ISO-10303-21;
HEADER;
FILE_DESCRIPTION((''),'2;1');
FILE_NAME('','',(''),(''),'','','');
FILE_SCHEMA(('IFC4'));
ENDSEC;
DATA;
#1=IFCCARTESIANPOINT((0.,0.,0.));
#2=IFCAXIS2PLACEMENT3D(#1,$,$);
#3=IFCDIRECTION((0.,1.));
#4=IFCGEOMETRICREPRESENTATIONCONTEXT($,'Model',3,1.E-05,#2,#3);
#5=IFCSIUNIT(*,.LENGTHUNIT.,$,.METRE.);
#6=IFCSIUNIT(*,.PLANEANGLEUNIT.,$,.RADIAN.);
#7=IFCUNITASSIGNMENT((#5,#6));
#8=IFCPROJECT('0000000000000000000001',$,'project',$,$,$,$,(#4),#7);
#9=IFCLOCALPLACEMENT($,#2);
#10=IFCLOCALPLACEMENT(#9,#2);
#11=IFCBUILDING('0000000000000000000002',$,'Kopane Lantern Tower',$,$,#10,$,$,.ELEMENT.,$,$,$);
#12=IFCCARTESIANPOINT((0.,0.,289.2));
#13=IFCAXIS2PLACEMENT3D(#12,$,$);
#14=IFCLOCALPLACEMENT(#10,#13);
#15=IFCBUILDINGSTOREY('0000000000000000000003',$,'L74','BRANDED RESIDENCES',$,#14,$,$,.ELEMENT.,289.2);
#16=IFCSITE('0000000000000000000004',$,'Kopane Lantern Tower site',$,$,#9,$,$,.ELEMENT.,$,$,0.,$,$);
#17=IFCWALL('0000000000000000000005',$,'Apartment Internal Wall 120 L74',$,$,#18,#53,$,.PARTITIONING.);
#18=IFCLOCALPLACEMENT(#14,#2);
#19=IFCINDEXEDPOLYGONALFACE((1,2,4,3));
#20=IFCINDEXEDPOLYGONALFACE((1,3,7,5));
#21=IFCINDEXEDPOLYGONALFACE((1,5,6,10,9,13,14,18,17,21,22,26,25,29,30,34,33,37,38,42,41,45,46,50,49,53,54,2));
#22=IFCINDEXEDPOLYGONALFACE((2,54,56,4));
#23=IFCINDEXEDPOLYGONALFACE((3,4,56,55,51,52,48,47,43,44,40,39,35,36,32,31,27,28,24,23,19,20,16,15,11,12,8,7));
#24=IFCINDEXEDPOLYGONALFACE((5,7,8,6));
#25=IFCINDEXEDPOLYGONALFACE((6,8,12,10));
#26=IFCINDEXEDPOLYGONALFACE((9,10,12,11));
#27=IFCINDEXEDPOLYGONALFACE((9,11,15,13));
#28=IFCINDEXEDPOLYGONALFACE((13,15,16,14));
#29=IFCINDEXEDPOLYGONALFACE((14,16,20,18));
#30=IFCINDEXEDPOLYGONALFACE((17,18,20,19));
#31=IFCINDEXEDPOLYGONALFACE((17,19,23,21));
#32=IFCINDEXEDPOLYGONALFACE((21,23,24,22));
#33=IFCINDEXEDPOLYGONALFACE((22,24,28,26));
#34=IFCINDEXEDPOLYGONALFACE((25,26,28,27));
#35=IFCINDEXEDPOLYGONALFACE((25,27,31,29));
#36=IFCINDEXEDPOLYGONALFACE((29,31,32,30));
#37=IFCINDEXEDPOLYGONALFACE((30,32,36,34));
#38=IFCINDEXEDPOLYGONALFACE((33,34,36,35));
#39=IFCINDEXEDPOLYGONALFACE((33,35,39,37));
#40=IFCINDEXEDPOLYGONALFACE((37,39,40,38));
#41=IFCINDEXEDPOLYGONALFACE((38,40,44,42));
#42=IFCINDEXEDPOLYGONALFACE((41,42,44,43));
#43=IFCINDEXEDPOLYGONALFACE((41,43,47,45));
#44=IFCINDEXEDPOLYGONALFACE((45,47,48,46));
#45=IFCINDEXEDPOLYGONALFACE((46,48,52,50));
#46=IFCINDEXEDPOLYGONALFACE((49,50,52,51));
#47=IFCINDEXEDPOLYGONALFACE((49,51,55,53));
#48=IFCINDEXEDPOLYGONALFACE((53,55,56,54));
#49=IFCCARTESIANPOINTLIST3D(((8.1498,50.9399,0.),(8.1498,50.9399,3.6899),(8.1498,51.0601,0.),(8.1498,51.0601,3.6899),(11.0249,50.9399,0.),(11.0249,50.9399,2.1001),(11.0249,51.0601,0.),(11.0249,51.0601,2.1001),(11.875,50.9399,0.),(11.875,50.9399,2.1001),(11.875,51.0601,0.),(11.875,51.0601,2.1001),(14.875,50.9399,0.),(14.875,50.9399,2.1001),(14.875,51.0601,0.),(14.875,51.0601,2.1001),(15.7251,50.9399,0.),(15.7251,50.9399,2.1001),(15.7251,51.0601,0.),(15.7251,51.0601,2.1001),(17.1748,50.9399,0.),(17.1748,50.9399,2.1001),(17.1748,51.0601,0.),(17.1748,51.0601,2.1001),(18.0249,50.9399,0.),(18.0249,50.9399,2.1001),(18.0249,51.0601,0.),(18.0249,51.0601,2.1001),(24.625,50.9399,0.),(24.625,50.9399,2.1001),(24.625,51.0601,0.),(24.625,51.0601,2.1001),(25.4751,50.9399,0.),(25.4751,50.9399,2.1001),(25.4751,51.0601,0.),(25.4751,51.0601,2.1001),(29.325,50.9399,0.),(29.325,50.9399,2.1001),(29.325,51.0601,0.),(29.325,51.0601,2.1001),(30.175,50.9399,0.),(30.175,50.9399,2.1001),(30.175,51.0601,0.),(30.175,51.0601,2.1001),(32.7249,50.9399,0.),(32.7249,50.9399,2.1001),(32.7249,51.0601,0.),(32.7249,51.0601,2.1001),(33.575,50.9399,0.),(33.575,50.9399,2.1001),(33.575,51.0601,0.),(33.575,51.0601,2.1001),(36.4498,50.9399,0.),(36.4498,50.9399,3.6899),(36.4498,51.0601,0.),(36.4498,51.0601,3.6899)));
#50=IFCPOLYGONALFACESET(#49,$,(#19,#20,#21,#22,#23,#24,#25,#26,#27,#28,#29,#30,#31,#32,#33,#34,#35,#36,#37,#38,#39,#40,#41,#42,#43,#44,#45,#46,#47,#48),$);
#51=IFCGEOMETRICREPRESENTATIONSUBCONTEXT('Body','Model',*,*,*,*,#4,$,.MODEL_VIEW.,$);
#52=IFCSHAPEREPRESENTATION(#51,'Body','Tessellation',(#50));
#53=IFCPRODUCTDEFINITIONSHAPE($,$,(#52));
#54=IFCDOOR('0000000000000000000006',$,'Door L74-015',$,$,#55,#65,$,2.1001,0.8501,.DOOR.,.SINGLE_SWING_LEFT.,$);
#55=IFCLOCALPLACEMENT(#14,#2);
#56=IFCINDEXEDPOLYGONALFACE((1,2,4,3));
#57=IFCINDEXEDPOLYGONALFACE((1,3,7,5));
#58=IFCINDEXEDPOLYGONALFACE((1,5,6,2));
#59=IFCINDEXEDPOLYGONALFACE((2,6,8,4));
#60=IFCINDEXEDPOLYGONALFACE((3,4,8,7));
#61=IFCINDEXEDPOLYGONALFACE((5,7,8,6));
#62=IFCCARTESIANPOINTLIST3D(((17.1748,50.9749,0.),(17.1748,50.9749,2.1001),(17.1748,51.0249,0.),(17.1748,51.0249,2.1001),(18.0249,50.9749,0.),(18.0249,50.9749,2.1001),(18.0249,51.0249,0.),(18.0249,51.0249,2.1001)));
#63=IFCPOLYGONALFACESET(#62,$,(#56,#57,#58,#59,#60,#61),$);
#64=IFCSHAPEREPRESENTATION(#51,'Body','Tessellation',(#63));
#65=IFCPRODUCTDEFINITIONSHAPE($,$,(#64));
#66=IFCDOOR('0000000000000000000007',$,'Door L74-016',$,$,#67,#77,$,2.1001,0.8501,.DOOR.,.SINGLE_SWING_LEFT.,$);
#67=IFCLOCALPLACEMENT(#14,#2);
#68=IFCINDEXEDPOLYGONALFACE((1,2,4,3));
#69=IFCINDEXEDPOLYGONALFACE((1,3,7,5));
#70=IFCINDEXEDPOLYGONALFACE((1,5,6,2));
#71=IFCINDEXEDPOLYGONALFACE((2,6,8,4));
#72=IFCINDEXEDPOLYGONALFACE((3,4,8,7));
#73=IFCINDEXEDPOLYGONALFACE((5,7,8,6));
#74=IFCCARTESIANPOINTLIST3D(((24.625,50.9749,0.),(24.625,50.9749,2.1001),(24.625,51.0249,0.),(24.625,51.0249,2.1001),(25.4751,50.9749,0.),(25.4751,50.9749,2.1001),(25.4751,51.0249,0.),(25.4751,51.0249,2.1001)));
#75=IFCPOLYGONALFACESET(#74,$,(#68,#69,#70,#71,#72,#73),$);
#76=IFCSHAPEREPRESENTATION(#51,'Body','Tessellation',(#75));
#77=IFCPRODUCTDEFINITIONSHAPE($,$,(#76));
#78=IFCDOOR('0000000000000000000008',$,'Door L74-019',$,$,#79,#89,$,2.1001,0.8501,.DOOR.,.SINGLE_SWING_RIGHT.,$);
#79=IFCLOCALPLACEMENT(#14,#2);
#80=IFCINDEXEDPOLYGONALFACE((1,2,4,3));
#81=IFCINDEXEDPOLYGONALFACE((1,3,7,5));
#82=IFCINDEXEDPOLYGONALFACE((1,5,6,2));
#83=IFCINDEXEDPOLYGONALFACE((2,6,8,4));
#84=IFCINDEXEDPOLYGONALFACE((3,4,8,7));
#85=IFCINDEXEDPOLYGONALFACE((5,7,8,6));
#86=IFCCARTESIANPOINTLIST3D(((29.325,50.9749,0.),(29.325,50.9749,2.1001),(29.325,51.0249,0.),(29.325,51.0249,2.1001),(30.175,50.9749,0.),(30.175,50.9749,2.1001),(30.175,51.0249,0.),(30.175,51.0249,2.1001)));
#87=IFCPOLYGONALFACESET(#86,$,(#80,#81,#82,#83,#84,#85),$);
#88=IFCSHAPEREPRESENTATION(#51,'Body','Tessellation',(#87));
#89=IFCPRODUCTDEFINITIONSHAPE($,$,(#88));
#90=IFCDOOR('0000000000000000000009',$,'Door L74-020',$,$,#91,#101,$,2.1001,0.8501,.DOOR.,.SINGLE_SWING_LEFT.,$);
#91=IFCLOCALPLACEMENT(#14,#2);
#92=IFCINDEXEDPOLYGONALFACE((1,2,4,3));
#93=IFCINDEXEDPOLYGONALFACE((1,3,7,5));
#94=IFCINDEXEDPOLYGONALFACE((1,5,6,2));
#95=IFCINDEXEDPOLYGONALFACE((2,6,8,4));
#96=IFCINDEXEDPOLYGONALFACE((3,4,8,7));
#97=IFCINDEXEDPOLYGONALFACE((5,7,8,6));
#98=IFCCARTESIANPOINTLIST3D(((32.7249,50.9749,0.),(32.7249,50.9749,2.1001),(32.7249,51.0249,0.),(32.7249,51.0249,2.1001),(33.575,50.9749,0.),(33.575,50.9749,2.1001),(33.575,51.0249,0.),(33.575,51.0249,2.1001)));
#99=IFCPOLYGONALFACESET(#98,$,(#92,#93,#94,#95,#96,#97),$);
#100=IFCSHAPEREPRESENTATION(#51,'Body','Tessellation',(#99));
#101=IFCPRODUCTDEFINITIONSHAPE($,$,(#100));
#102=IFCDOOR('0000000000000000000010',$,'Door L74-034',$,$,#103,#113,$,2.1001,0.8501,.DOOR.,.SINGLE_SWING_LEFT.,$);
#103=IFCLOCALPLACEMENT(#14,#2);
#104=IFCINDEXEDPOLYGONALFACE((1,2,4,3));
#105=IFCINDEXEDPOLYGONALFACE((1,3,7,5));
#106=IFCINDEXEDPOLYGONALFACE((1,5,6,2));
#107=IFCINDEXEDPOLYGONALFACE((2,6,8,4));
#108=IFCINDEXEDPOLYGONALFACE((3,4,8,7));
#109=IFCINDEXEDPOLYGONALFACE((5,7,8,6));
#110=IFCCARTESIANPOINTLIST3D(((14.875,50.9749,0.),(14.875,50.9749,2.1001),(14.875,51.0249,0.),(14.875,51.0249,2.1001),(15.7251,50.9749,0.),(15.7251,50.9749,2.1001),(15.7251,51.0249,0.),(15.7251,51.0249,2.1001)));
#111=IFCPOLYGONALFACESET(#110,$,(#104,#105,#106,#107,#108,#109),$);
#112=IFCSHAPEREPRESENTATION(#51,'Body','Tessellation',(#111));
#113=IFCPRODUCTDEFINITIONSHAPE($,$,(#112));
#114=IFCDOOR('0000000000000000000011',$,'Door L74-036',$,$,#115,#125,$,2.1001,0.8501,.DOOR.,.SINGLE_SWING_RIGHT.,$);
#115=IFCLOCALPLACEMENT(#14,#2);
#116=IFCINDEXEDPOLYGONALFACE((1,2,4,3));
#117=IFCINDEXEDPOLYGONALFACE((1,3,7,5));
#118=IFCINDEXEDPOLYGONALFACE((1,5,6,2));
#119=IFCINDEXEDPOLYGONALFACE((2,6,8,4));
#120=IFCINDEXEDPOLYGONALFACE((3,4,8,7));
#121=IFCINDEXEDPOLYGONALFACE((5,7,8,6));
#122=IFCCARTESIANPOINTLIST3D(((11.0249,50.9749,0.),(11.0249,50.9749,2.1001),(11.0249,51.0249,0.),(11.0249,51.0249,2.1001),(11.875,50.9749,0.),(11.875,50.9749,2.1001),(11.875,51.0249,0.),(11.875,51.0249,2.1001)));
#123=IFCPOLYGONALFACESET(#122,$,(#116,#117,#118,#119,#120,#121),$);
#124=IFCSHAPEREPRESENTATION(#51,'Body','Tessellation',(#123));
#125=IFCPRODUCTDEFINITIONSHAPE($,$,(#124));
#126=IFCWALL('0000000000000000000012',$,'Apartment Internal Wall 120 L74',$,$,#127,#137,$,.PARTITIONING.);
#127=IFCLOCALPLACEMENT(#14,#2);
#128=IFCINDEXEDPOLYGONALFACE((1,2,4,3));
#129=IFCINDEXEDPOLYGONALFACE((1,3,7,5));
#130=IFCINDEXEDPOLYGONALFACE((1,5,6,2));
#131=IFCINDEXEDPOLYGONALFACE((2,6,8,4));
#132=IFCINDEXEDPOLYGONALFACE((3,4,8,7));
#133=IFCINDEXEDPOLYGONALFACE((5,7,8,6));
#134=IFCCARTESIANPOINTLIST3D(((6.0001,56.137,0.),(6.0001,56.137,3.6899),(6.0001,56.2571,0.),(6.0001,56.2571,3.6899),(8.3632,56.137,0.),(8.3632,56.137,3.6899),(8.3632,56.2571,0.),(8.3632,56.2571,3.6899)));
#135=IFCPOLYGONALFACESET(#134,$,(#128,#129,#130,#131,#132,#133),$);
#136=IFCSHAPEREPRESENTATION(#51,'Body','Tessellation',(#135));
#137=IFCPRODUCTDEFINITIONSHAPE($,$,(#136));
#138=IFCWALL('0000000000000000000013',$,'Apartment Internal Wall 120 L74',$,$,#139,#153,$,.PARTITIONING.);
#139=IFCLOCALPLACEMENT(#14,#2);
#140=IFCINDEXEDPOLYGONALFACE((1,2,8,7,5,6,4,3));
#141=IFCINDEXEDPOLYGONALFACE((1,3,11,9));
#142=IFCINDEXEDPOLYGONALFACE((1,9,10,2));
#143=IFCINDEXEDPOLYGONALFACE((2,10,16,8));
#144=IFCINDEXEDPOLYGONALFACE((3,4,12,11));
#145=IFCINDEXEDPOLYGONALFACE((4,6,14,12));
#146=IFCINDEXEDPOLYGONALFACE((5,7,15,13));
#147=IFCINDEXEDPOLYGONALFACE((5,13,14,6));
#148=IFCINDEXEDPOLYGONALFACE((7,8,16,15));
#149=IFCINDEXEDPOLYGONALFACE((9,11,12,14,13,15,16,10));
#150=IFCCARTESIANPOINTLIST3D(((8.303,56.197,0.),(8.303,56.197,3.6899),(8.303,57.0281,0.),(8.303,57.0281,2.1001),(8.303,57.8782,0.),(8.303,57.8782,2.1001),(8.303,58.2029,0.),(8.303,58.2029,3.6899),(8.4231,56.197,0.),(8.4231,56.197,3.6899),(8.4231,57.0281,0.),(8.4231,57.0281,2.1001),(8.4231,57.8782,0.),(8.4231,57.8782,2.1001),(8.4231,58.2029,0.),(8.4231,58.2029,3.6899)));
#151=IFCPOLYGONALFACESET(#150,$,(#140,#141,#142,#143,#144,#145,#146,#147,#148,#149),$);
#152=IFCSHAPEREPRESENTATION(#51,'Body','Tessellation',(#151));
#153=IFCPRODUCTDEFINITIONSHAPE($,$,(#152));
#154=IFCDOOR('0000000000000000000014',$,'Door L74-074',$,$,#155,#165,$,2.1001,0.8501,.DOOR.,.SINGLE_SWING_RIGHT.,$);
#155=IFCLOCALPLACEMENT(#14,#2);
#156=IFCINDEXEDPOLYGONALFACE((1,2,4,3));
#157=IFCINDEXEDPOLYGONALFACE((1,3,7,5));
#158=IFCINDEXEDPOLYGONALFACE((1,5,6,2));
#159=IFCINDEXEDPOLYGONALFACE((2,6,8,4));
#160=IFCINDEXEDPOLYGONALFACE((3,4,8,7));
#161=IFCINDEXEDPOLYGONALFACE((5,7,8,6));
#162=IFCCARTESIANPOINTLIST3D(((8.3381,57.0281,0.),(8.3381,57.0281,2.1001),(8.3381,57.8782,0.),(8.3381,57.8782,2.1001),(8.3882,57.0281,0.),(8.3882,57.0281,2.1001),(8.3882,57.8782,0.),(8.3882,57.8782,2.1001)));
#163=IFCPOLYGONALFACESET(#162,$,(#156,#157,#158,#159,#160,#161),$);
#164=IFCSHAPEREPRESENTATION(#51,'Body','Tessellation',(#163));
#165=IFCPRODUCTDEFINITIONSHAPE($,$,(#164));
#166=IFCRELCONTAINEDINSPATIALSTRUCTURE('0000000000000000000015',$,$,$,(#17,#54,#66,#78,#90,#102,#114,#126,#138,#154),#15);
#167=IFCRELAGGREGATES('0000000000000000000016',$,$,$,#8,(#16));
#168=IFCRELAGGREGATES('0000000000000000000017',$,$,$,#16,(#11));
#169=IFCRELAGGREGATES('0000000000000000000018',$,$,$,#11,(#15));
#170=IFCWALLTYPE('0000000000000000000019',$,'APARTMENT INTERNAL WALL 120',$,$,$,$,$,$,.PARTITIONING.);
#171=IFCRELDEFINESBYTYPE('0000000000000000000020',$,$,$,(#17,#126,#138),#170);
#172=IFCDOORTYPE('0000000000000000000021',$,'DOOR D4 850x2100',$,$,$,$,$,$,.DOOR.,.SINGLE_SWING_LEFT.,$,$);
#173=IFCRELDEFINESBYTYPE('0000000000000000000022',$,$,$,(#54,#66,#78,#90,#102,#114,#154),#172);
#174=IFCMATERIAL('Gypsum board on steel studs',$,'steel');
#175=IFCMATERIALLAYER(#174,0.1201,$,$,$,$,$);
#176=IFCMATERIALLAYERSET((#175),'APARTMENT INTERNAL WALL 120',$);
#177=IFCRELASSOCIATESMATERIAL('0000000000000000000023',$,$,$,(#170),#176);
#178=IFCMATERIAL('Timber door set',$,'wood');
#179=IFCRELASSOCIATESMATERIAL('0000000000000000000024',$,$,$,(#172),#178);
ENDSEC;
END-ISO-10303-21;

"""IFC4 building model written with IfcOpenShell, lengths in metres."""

from ifc_helpers import new_model, si_unit, direction, frame, frame_2d, origin, place, context, subcontext, project, spatial, rectangle, extrude, material, layer, layer_set, type_object, element, fill, save


model = new_model("IFC4")

# Units and contexts
model_context = context("Model", 3, precision=1e-05, world=origin(), true_north=direction((0.0, 1.0)))
body_context = subcontext(model_context, "Body", "Model", "MODEL_VIEW")
ifc_project = project(units=[si_unit("LENGTHUNIT", "METRE"), si_unit("PLANEANGLEUNIT", "RADIAN")], contexts=[model_context])

# Site, building, storey
site_placement = place(None, origin())
site = spatial("IfcSite", under=ifc_project, at=site_placement, Name="Kopane Lantern Tower site", CompositionType="ELEMENT", RefElevation=0.0)
building_placement = place(site_placement, origin())
building = spatial("IfcBuilding", under=site, at=building_placement, Name="Kopane Lantern Tower", CompositionType="ELEMENT")
storey_placement = place(building_placement, frame((0.0, 0.0, 289.2)))
storey = spatial("IfcBuildingStorey", under=building, at=storey_placement, Name="L74", Description="BRANDED RESIDENCES", CompositionType="ELEMENT", Elevation=289.2)

# Wall, openings, doors
ifc_material_1 = material(Name="Gypsum board on steel studs", Category="steel")
ifc_layer_1 = layer(ifc_material_1, 0.1201)
ifc_layer_set_1 = layer_set([ifc_layer_1], Name="APARTMENT INTERNAL WALL 120")
wall_type_1 = type_object("IfcWallType", Name="APARTMENT INTERNAL WALL 120", PredefinedType="PARTITIONING", material=ifc_layer_set_1)
wall_1_placement = place(storey_placement, frame((8.1499, 51.0, 0.0), z_axis=(0.0, 0.0, 1.0), x_axis=(1.0, 0.0, 0.0)))
wall_1 = element("IfcWall", 1, at=wall_1_placement, inside=storey, type_object=wall_type_1, Name="Apartment Internal Wall 120 L74", PredefinedType="PARTITIONING", context=body_context, shape_type="SweptSolid", body=[
    extrude(rectangle(XDim=28.3, YDim=0.1201, at=frame_2d((14.1499, 0.0))), origin(), (0.0, 0.0, 1.0), 3.6899),
])
opening_1_placement = place(wall_1_placement, frame((9.0249, 0.0, 0.0)))
opening_1 = element("IfcOpeningElement", 2, at=opening_1_placement, cuts=wall_1, PredefinedType="OPENING", context=body_context, shape_type="SweptSolid", body=[
    extrude(rectangle(XDim=0.8501, YDim=2.1001, at=frame_2d((0.425, 1.05))), frame((0.0, 0.0701, 0.0), z_axis=(0.0, -1.0, 0.0), x_axis=(1.0, 0.0, 0.0)), (0.0, 0.0, 1.0), 0.1401),
])
opening_2_placement = place(wall_1_placement, frame((16.4751, 0.0, 0.0)))
opening_2 = element("IfcOpeningElement", 3, at=opening_2_placement, cuts=wall_1, PredefinedType="OPENING", context=body_context, shape_type="SweptSolid", body=[
    extrude(rectangle(XDim=0.8501, YDim=2.1001, at=frame_2d((0.425, 1.05))), frame((0.0, 0.0701, 0.0), z_axis=(0.0, -1.0, 0.0), x_axis=(1.0, 0.0, 0.0)), (0.0, 0.0, 1.0), 0.1401),
])
opening_3_placement = place(wall_1_placement, frame((21.175, 0.0, 0.0)))
opening_3 = element("IfcOpeningElement", 4, at=opening_3_placement, cuts=wall_1, PredefinedType="OPENING", context=body_context, shape_type="SweptSolid", body=[
    extrude(rectangle(XDim=0.8501, YDim=2.1001, at=frame_2d((0.425, 1.05))), frame((0.0, 0.0701, 0.0), z_axis=(0.0, -1.0, 0.0), x_axis=(1.0, 0.0, 0.0)), (0.0, 0.0, 1.0), 0.1401),
])
opening_4_placement = place(wall_1_placement, frame((24.575, 0.0, 0.0)))
opening_4 = element("IfcOpeningElement", 5, at=opening_4_placement, cuts=wall_1, PredefinedType="OPENING", context=body_context, shape_type="SweptSolid", body=[
    extrude(rectangle(XDim=0.8501, YDim=2.1001, at=frame_2d((0.425, 1.05))), frame((0.0, 0.0701, 0.0), z_axis=(0.0, -1.0, 0.0), x_axis=(1.0, 0.0, 0.0)), (0.0, 0.0, 1.0), 0.1401),
])
opening_5_placement = place(wall_1_placement, frame((6.7251, 0.0, 0.0)))
opening_5 = element("IfcOpeningElement", 6, at=opening_5_placement, cuts=wall_1, PredefinedType="OPENING", context=body_context, shape_type="SweptSolid", body=[
    extrude(rectangle(XDim=0.8501, YDim=2.1001, at=frame_2d((0.425, 1.05))), frame((0.0, 0.0701, 0.0), z_axis=(0.0, -1.0, 0.0), x_axis=(1.0, 0.0, 0.0)), (0.0, 0.0, 1.0), 0.1401),
])
opening_6_placement = place(wall_1_placement, frame((2.875, 0.0, 0.0)))
opening_6 = element("IfcOpeningElement", 7, at=opening_6_placement, cuts=wall_1, PredefinedType="OPENING", context=body_context, shape_type="SweptSolid", body=[
    extrude(rectangle(XDim=0.8501, YDim=2.1001, at=frame_2d((0.425, 1.05))), frame((0.0, 0.0701, 0.0), z_axis=(0.0, -1.0, 0.0), x_axis=(1.0, 0.0, 0.0)), (0.0, 0.0, 1.0), 0.1401),
])
ifc_material_2 = material(Name="Timber door set", Category="wood")
door_type = type_object("IfcDoorType", Name="DOOR D4 850x2100", OperationType="SINGLE_SWING_LEFT", PredefinedType="DOOR", material=ifc_material_2)
door_1_placement = place(opening_1_placement, origin())
door_1 = element("IfcDoor", 8, at=door_1_placement, inside=storey, type_object=door_type, Name="Door L74-015", OperationType="SINGLE_SWING_LEFT", OverallHeight=2.1001, OverallWidth=0.8501, PredefinedType="DOOR", context=body_context, shape_type="SweptSolid", body=[
    extrude(rectangle(XDim=0.8501, YDim=2.1001, at=frame_2d((0.425, 1.05))), frame((0.0, 0.0249, 0.0), z_axis=(0.0, -1.0, 0.0), x_axis=(1.0, 0.0, 0.0)), (0.0, 0.0, 1.0), 0.05),
])
fill(opening_1, door_1)
door_2_placement = place(opening_2_placement, origin())
door_2 = element("IfcDoor", 9, at=door_2_placement, inside=storey, type_object=door_type, Name="Door L74-016", OperationType="SINGLE_SWING_LEFT", OverallHeight=2.1001, OverallWidth=0.8501, PredefinedType="DOOR", context=body_context, shape_type="SweptSolid", body=[
    extrude(rectangle(XDim=0.8501, YDim=2.1001, at=frame_2d((0.425, 1.05))), frame((0.0, 0.0249, 0.0), z_axis=(0.0, -1.0, 0.0), x_axis=(1.0, 0.0, 0.0)), (0.0, 0.0, 1.0), 0.05),
])
fill(opening_2, door_2)
door_3_placement = place(opening_3_placement, origin())
door_3 = element("IfcDoor", 10, at=door_3_placement, inside=storey, type_object=door_type, Name="Door L74-019", OperationType="SINGLE_SWING_RIGHT", OverallHeight=2.1001, OverallWidth=0.8501, PredefinedType="DOOR", context=body_context, shape_type="SweptSolid", body=[
    extrude(rectangle(XDim=0.8501, YDim=2.1001, at=frame_2d((0.425, 1.05))), frame((0.0, 0.0249, 0.0), z_axis=(0.0, -1.0, 0.0), x_axis=(1.0, 0.0, 0.0)), (0.0, 0.0, 1.0), 0.05),
])
fill(opening_3, door_3)
door_4_placement = place(opening_4_placement, origin())
door_4 = element("IfcDoor", 11, at=door_4_placement, inside=storey, type_object=door_type, Name="Door L74-020", OperationType="SINGLE_SWING_LEFT", OverallHeight=2.1001, OverallWidth=0.8501, PredefinedType="DOOR", context=body_context, shape_type="SweptSolid", body=[
    extrude(rectangle(XDim=0.8501, YDim=2.1001, at=frame_2d((0.425, 1.05))), frame((0.0, 0.0249, 0.0), z_axis=(0.0, -1.0, 0.0), x_axis=(1.0, 0.0, 0.0)), (0.0, 0.0, 1.0), 0.05),
])
fill(opening_4, door_4)
door_5_placement = place(opening_5_placement, origin())
door_5 = element("IfcDoor", 12, at=door_5_placement, inside=storey, type_object=door_type, Name="Door L74-034", OperationType="SINGLE_SWING_LEFT", OverallHeight=2.1001, OverallWidth=0.8501, PredefinedType="DOOR", context=body_context, shape_type="SweptSolid", body=[
    extrude(rectangle(XDim=0.8501, YDim=2.1001, at=frame_2d((0.425, 1.05))), frame((0.0, 0.0249, 0.0), z_axis=(0.0, -1.0, 0.0), x_axis=(1.0, 0.0, 0.0)), (0.0, 0.0, 1.0), 0.05),
])
fill(opening_5, door_5)
door_6_placement = place(opening_6_placement, origin())
door_6 = element("IfcDoor", 13, at=door_6_placement, inside=storey, type_object=door_type, Name="Door L74-036", OperationType="SINGLE_SWING_RIGHT", OverallHeight=2.1001, OverallWidth=0.8501, PredefinedType="DOOR", context=body_context, shape_type="SweptSolid", body=[
    extrude(rectangle(XDim=0.8501, YDim=2.1001, at=frame_2d((0.425, 1.05))), frame((0.0, 0.0249, 0.0), z_axis=(0.0, -1.0, 0.0), x_axis=(1.0, 0.0, 0.0)), (0.0, 0.0, 1.0), 0.05),
])
fill(opening_6, door_6)

# Wall
wall_2_placement = place(storey_placement, frame((6.0, 56.197, 0.0), z_axis=(0.0, 0.0, 1.0), x_axis=(1.0, 0.0, 0.0)))
element("IfcWall", 14, at=wall_2_placement, inside=storey, type_object=wall_type_1, Name="Apartment Internal Wall 120 L74", PredefinedType="PARTITIONING", context=body_context, shape_type="SweptSolid", body=[
    extrude(rectangle(XDim=2.363, YDim=0.1201, at=frame_2d((1.1816, 0.0))), origin(), (0.0, 0.0, 1.0), 3.6899),
])

# Wall, opening, door
wall_3_placement = place(storey_placement, frame((8.363, 56.197, 0.0), z_axis=(0.0, 0.0, 1.0), x_axis=(0.0, 1.0, 0.0)))
wall_3 = element("IfcWall", 15, at=wall_3_placement, inside=storey, type_object=wall_type_1, Name="Apartment Internal Wall 120 L74", PredefinedType="PARTITIONING", context=body_context, shape_type="SweptSolid", body=[
    extrude(rectangle(XDim=2.0059, YDim=0.1201, at=frame_2d((1.0029, 0.0))), origin(), (0.0, 0.0, 1.0), 3.6899),
])
opening_7_placement = place(wall_3_placement, frame((0.8311, 0.0, 0.0)))
opening_7 = element("IfcOpeningElement", 16, at=opening_7_placement, cuts=wall_3, PredefinedType="OPENING", context=body_context, shape_type="SweptSolid", body=[
    extrude(rectangle(XDim=0.8501, YDim=2.1001, at=frame_2d((0.425, 1.05))), frame((0.0, 0.0701, 0.0), z_axis=(0.0, -1.0, 0.0), x_axis=(1.0, 0.0, 0.0)), (0.0, 0.0, 1.0), 0.1401),
])
door_7_placement = place(opening_7_placement, origin())
door_7 = element("IfcDoor", 17, at=door_7_placement, inside=storey, type_object=door_type, Name="Door L74-074", OperationType="SINGLE_SWING_RIGHT", OverallHeight=2.1001, OverallWidth=0.8501, PredefinedType="DOOR", context=body_context, shape_type="SweptSolid", body=[
    extrude(rectangle(XDim=0.8501, YDim=2.1001, at=frame_2d((0.425, 1.05))), frame((0.0, 0.0249, 0.0), z_axis=(0.0, -1.0, 0.0), x_axis=(1.0, 0.0, 0.0)), (0.0, 0.0, 1.0), 0.05),
])
fill(opening_7, door_7)

save(model, "model.ifc")
